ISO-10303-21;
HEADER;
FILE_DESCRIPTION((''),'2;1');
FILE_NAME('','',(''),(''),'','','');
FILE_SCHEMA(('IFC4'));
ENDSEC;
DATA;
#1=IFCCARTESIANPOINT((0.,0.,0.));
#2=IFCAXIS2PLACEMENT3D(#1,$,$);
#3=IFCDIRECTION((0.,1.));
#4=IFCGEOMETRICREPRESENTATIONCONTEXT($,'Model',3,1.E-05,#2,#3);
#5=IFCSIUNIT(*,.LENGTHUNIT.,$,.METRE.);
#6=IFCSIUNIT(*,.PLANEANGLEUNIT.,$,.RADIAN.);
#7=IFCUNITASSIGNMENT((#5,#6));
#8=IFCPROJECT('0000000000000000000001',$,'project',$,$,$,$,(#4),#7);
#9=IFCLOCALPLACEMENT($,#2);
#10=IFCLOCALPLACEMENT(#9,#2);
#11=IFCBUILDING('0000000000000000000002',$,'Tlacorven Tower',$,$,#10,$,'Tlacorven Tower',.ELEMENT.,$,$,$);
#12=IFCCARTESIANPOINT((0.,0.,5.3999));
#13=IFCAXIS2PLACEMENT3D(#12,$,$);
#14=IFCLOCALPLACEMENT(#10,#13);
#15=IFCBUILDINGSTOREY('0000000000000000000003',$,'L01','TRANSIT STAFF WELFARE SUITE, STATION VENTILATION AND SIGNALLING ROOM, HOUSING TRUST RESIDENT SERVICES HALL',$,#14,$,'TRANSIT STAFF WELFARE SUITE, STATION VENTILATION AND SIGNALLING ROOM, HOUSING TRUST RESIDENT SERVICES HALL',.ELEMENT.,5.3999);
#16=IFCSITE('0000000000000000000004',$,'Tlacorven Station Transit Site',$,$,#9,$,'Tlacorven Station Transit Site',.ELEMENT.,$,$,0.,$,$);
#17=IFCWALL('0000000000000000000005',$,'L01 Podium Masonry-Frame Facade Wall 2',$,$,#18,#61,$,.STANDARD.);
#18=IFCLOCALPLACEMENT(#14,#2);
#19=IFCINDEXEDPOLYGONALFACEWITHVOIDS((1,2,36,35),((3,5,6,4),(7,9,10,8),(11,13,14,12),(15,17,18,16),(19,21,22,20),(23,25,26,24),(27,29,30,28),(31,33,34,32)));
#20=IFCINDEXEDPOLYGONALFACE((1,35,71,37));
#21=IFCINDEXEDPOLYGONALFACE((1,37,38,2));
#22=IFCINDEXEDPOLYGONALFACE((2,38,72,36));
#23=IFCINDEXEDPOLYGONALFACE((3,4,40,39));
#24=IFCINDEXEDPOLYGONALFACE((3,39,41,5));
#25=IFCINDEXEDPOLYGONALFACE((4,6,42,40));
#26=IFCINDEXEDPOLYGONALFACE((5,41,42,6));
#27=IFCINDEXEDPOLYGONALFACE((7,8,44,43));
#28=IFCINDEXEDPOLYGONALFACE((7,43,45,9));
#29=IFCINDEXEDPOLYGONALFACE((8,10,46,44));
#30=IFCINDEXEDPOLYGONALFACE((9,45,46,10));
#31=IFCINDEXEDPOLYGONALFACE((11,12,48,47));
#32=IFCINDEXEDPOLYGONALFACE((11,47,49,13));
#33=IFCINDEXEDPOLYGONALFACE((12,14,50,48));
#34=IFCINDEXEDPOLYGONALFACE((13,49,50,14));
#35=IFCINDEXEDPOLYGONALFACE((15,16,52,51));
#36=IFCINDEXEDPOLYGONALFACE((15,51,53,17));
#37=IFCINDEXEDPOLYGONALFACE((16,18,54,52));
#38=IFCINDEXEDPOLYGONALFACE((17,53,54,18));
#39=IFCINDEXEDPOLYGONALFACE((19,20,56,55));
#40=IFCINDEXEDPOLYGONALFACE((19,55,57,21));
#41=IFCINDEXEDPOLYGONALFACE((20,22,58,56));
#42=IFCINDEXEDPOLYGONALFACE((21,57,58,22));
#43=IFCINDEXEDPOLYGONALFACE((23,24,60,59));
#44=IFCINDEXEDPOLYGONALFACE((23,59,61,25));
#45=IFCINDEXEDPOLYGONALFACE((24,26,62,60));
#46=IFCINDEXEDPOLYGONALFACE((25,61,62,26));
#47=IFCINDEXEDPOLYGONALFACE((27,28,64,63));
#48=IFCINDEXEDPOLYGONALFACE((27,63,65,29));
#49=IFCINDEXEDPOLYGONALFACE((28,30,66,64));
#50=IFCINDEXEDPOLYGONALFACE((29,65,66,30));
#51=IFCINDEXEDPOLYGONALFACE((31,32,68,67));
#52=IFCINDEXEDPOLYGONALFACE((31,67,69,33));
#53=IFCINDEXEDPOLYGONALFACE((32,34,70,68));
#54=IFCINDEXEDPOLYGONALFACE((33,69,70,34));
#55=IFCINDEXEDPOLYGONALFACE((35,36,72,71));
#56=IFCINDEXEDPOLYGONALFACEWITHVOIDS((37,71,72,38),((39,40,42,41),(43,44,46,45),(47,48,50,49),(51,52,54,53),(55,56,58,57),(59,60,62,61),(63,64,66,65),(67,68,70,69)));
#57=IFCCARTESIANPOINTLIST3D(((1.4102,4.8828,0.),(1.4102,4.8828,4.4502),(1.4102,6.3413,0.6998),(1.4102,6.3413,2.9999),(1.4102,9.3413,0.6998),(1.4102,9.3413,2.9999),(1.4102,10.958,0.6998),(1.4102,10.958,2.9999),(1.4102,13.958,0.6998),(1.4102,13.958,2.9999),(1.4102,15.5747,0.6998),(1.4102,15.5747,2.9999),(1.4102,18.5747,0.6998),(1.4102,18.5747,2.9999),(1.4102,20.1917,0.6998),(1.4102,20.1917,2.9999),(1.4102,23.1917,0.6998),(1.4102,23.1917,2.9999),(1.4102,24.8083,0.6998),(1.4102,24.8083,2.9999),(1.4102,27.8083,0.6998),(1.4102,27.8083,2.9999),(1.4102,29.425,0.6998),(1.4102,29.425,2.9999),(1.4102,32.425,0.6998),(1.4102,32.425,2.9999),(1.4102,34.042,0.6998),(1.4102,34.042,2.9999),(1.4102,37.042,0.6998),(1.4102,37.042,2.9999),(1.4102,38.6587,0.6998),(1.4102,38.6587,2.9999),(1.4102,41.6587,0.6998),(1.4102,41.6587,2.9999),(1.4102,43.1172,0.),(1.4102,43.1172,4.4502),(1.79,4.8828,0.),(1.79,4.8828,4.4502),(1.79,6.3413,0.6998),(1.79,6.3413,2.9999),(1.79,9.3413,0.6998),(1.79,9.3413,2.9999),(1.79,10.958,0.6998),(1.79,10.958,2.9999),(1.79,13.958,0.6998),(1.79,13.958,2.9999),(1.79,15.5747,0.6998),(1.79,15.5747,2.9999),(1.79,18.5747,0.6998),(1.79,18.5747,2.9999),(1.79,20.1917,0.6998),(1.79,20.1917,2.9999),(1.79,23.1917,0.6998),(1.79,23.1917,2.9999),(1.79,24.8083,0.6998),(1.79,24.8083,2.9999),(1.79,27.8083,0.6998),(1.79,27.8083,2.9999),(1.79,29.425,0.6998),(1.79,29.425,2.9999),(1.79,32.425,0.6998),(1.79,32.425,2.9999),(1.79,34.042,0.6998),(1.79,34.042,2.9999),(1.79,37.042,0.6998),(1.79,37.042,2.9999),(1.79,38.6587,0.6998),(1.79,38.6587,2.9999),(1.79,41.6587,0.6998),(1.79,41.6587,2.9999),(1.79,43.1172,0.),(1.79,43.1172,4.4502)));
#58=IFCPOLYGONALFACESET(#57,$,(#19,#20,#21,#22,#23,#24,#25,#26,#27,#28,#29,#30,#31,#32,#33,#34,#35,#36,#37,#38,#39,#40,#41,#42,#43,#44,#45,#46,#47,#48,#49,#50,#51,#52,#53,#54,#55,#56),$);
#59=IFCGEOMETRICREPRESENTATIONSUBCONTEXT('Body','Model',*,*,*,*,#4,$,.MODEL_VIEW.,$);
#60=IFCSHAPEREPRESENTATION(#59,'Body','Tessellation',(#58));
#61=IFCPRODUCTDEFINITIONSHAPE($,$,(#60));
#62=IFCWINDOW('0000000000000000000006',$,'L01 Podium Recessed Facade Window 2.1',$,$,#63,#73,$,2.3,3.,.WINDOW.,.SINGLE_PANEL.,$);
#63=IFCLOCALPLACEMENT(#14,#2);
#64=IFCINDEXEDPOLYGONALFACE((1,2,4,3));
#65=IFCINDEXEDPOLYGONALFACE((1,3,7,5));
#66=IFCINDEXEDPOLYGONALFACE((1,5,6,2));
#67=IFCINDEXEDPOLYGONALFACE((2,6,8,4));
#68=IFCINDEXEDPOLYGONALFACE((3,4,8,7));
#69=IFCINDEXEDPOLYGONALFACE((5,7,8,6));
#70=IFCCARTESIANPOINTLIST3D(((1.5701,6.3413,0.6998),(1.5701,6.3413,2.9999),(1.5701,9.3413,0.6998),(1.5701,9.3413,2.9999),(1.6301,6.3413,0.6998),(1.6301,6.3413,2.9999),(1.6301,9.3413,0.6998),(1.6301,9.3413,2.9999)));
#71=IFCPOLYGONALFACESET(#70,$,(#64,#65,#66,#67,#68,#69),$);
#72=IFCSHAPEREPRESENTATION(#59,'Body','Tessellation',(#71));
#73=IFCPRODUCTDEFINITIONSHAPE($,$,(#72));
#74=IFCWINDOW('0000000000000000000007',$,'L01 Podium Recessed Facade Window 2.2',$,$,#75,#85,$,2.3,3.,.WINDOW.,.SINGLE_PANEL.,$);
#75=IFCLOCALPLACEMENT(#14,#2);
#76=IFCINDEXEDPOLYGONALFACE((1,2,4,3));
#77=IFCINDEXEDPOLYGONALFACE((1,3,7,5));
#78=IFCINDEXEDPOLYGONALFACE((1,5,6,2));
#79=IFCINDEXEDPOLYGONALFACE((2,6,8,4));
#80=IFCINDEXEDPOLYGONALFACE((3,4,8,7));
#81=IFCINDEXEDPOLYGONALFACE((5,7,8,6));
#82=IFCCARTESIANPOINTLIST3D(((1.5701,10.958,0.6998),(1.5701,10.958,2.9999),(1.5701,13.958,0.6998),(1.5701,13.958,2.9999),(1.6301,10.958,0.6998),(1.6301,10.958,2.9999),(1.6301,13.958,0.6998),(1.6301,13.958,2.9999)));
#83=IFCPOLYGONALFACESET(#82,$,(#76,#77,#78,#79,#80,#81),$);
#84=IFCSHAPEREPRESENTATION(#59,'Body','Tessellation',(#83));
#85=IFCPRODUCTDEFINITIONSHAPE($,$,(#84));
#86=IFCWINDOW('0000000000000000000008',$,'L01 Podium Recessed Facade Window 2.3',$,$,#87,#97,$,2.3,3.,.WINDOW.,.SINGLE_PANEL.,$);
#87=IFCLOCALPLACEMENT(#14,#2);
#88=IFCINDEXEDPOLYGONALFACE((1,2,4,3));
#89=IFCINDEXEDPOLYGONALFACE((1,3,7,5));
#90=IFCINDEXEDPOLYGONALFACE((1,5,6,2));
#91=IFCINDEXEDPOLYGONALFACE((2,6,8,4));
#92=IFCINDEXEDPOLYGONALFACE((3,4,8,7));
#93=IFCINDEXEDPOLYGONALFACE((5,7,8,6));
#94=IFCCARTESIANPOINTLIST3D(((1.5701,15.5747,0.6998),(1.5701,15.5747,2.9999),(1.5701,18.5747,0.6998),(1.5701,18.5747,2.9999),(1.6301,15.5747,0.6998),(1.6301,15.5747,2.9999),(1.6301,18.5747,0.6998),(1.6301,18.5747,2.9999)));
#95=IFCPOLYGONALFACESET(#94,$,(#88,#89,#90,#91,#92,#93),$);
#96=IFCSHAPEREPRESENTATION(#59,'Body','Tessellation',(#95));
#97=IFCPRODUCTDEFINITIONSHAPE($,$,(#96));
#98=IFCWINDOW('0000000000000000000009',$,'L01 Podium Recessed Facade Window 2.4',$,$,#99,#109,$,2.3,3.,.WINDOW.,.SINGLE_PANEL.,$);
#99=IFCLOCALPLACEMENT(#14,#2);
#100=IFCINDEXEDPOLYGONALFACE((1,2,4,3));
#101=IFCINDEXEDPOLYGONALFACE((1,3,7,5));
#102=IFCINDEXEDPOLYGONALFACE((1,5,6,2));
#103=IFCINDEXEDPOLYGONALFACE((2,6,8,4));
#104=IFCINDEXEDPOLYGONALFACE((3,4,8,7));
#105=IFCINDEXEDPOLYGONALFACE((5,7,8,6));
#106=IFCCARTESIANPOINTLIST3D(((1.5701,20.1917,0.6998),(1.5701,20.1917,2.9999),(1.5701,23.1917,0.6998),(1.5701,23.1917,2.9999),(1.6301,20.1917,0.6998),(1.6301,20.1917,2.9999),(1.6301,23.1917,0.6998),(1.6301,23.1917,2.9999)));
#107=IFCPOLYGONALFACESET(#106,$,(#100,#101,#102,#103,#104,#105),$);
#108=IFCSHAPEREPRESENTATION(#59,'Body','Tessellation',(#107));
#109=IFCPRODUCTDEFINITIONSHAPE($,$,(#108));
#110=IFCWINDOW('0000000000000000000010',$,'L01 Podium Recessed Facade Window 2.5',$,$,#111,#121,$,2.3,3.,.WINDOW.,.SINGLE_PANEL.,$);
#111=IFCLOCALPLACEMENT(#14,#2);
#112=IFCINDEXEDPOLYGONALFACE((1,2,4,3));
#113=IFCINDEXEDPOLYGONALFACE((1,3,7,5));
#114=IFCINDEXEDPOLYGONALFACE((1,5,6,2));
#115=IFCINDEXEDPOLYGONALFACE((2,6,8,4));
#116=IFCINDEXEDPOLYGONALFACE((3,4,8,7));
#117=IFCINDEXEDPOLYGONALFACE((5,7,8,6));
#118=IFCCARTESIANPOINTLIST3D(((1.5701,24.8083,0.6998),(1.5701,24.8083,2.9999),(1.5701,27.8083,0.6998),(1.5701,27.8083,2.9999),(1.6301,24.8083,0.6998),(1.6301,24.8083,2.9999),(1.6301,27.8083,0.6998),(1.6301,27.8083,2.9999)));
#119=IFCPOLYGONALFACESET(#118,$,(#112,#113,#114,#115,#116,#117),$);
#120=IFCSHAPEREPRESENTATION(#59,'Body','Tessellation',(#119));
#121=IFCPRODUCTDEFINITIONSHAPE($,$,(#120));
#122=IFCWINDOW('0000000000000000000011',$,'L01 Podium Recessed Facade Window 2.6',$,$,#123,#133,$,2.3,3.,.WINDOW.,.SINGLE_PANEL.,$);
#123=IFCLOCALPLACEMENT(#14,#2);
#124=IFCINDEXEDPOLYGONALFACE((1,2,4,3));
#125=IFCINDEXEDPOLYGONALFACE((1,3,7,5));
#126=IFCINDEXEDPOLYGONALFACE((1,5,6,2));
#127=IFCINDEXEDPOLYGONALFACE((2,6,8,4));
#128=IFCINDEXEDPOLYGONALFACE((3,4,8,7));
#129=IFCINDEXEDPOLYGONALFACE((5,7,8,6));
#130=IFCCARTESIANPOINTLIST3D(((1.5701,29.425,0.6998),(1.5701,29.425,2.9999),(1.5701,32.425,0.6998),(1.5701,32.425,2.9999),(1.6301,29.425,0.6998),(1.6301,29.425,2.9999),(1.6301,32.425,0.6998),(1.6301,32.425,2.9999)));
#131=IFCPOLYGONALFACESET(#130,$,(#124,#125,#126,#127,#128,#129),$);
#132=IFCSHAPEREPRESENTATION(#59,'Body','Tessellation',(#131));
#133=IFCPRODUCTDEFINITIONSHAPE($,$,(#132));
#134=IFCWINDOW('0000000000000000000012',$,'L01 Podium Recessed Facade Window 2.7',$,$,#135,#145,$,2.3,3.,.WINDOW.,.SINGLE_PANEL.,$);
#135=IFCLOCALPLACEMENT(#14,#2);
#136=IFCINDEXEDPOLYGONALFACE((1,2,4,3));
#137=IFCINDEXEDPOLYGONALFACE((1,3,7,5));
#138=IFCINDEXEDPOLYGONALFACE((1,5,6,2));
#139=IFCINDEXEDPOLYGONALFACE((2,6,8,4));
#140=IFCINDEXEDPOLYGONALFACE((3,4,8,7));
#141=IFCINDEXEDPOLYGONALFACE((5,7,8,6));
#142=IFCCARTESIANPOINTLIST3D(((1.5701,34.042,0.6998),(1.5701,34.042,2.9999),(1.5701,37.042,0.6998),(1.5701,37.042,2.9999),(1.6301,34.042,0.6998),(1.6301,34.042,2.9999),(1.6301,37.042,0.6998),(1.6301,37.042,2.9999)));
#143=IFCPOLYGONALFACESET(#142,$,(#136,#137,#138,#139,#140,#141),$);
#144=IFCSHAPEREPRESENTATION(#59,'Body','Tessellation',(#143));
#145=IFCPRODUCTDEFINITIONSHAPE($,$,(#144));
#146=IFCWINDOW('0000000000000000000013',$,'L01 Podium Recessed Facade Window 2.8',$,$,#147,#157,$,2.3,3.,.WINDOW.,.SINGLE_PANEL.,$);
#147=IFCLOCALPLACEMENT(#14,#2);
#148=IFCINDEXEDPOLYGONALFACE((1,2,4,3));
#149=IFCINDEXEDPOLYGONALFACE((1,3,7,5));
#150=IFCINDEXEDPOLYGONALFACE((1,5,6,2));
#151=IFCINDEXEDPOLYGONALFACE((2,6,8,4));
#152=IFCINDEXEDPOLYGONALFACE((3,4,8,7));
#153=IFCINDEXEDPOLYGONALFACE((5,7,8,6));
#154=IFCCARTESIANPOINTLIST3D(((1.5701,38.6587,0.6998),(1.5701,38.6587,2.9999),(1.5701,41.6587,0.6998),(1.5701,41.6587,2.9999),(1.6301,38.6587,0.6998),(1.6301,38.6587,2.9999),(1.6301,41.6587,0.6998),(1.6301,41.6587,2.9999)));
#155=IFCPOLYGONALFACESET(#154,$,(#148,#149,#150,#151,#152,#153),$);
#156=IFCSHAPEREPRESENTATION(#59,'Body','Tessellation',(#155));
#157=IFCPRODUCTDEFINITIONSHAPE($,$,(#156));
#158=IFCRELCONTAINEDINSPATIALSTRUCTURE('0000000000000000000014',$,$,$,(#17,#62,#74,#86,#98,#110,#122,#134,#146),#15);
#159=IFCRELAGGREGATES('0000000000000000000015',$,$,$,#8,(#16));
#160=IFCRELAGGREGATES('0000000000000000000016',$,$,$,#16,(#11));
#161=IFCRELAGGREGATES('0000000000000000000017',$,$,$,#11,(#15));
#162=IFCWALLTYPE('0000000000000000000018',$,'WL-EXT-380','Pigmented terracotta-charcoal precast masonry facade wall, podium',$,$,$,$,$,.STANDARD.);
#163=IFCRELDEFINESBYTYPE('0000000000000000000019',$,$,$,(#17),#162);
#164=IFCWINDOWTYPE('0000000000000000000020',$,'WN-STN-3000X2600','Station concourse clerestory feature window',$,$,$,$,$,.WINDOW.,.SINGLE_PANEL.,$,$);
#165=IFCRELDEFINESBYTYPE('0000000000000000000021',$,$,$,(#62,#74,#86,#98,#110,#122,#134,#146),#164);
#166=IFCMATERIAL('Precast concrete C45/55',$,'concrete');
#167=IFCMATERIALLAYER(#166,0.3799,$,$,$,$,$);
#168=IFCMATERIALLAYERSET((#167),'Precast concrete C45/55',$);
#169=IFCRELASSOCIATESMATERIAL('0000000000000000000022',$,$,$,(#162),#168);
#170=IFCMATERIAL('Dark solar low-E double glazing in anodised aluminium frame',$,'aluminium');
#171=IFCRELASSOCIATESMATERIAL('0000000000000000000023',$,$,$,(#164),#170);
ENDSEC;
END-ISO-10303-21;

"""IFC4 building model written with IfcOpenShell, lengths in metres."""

from ifc_helpers import new_model, si_unit, direction, frame, frame_2d, origin, place, context, subcontext, project, spatial, rectangle, extrude, source, transform, mapped, material, layer, layer_set, type_object, element, fill, save


model = new_model("IFC4")

# Units and contexts
model_context = context("Model", 3, precision=1e-05, world=origin(), true_north=direction((0.0, 1.0)))
body_context = subcontext(model_context, "Body", "Model", "MODEL_VIEW")
ifc_project = project(units=[si_unit("LENGTHUNIT", "METRE"), si_unit("PLANEANGLEUNIT", "RADIAN")], contexts=[model_context])

# Site, building, storey
site_placement = place(None, origin())
site = spatial("IfcSite", under=ifc_project, at=site_placement, Name="Tlacorven Station Transit Site", LongName="Tlacorven Station Transit Site", CompositionType="ELEMENT", RefElevation=0.0)
building_placement = place(site_placement, origin())
building = spatial("IfcBuilding", under=site, at=building_placement, Name="Tlacorven Tower", LongName="Tlacorven Tower", CompositionType="ELEMENT")
storey_placement = place(building_placement, frame((0.0, 0.0, 5.3999)))
storey = spatial("IfcBuildingStorey", under=building, at=storey_placement, Name="L01", Description="TRANSIT STAFF WELFARE SUITE, STATION VENTILATION AND SIGNALLING ROOM, HOUSING TRUST RESIDENT SERVICES HALL", LongName="TRANSIT STAFF WELFARE SUITE, STATION VENTILATION AND SIGNALLING ROOM, HOUSING TRUST RESIDENT SERVICES HALL", CompositionType="ELEMENT", Elevation=5.3999)

# Wall, openings, windows
ifc_material_1 = material(Name="Precast concrete C45/55", Category="concrete")
ifc_layer_1 = layer(ifc_material_1, 0.3799)
ifc_layer_set_1 = layer_set([ifc_layer_1], Name="Precast concrete C45/55")
wall_type_1 = type_object("IfcWallType", Name="WL-EXT-380", Description="Pigmented terracotta-charcoal precast masonry facade wall, podium", PredefinedType="STANDARD", material=ifc_layer_set_1)
wall_1_placement = place(storey_placement, frame((1.6001, 4.8828, 0.0), z_axis=(0.0, 0.0, 1.0), x_axis=(0.0, 1.0, 0.0)))
wall_1 = element("IfcWall", 1, at=wall_1_placement, inside=storey, type_object=wall_type_1, Name="L01 Podium Masonry-Frame Facade Wall 2", PredefinedType="STANDARD", context=body_context, shape_type="SweptSolid", body=[
    extrude(rectangle(XDim=38.2344, YDim=0.3799, at=frame_2d((19.1172, 0.0))), origin(), (0.0, 0.0, 1.0), 4.4502),
])
opening_1_placement = place(wall_1_placement, frame((1.4585, 0.0, 0.7)))
opening_1 = element("IfcOpeningElement", 2, at=opening_1_placement, cuts=wall_1, PredefinedType="OPENING", context=body_context, shape_type="SweptSolid", body=[
    extrude(rectangle(XDim=3.0, YDim=2.3, at=frame_2d((1.5, 1.1499))), frame((0.0, 0.2, 0.0), z_axis=(0.0, -1.0, 0.0), x_axis=(1.0, 0.0, 0.0)), (0.0, 0.0, 1.0), 0.3999),
])
opening_2_placement = place(wall_1_placement, frame((6.0752, 0.0, 0.7)))
opening_2 = element("IfcOpeningElement", 3, at=opening_2_placement, cuts=wall_1, PredefinedType="OPENING", context=body_context, shape_type="SweptSolid", body=[
    extrude(rectangle(XDim=3.0, YDim=2.3, at=frame_2d((1.5, 1.1499))), frame((0.0, 0.2, 0.0), z_axis=(0.0, -1.0, 0.0), x_axis=(1.0, 0.0, 0.0)), (0.0, 0.0, 1.0), 0.3999),
])
opening_3_placement = place(wall_1_placement, frame((10.6919, 0.0, 0.7)))
opening_3 = element("IfcOpeningElement", 4, at=opening_3_placement, cuts=wall_1, PredefinedType="OPENING", context=body_context, shape_type="SweptSolid", body=[
    extrude(rectangle(XDim=3.0, YDim=2.3, at=frame_2d((1.5, 1.1499))), frame((0.0, 0.2, 0.0), z_axis=(0.0, -1.0, 0.0), x_axis=(1.0, 0.0, 0.0)), (0.0, 0.0, 1.0), 0.3999),
])
opening_4_placement = place(wall_1_placement, frame((15.3088, 0.0, 0.7)))
opening_4 = element("IfcOpeningElement", 5, at=opening_4_placement, cuts=wall_1, PredefinedType="OPENING", context=body_context, shape_type="SweptSolid", body=[
    extrude(rectangle(XDim=3.0, YDim=2.3, at=frame_2d((1.5, 1.1499))), frame((0.0, 0.2, 0.0), z_axis=(0.0, -1.0, 0.0), x_axis=(1.0, 0.0, 0.0)), (0.0, 0.0, 1.0), 0.3999),
])
opening_5_placement = place(wall_1_placement, frame((19.9255, 0.0, 0.7)))
opening_5 = element("IfcOpeningElement", 6, at=opening_5_placement, cuts=wall_1, PredefinedType="OPENING", context=body_context, shape_type="SweptSolid", body=[
    extrude(rectangle(XDim=3.0, YDim=2.3, at=frame_2d((1.5, 1.1499))), frame((0.0, 0.2, 0.0), z_axis=(0.0, -1.0, 0.0), x_axis=(1.0, 0.0, 0.0)), (0.0, 0.0, 1.0), 0.3999),
])
opening_6_placement = place(wall_1_placement, frame((24.5422, 0.0, 0.7)))
opening_6 = element("IfcOpeningElement", 7, at=opening_6_placement, cuts=wall_1, PredefinedType="OPENING", context=body_context, shape_type="SweptSolid", body=[
    extrude(rectangle(XDim=3.0, YDim=2.3, at=frame_2d((1.5, 1.1499))), frame((0.0, 0.2, 0.0), z_axis=(0.0, -1.0, 0.0), x_axis=(1.0, 0.0, 0.0)), (0.0, 0.0, 1.0), 0.3999),
])
opening_7_placement = place(wall_1_placement, frame((29.1592, 0.0, 0.7)))
opening_7 = element("IfcOpeningElement", 8, at=opening_7_placement, cuts=wall_1, PredefinedType="OPENING", context=body_context, shape_type="SweptSolid", body=[
    extrude(rectangle(XDim=3.0, YDim=2.3, at=frame_2d((1.5, 1.1499))), frame((0.0, 0.2, 0.0), z_axis=(0.0, -1.0, 0.0), x_axis=(1.0, 0.0, 0.0)), (0.0, 0.0, 1.0), 0.3999),
])
opening_8_placement = place(wall_1_placement, frame((33.7759, 0.0, 0.7)))
opening_8 = element("IfcOpeningElement", 9, at=opening_8_placement, cuts=wall_1, PredefinedType="OPENING", context=body_context, shape_type="SweptSolid", body=[
    extrude(rectangle(XDim=3.0, YDim=2.3, at=frame_2d((1.5, 1.1499))), frame((0.0, 0.2, 0.0), z_axis=(0.0, -1.0, 0.0), x_axis=(1.0, 0.0, 0.0)), (0.0, 0.0, 1.0), 0.3999),
])
ifc_material_2 = material(Name="Dark solar low-E double glazing in anodised aluminium frame", Category="aluminium")
window_type = type_object("IfcWindowType", Name="WN-STN-3000X2600", Description="Station concourse clerestory feature window", PartitioningType="SINGLE_PANEL", PredefinedType="WINDOW", material=ifc_material_2)
shared_shape_1 = source(origin(), body_context, "Body", "SweptSolid", [
    extrude(rectangle(XDim=3.0, YDim=2.3, at=frame_2d((1.5, 1.1499))), frame((0.0, 0.03, 0.0), z_axis=(0.0, -1.0, 0.0), x_axis=(1.0, 0.0, 0.0)), (0.0, 0.0, 1.0), 0.0601),
])
window_1_placement = place(opening_1_placement, origin())
window_1 = element("IfcWindow", 10, at=window_1_placement, inside=storey, type_object=window_type, Name="L01 Podium Recessed Facade Window 2.1", OverallHeight=2.3, OverallWidth=3.0, PartitioningType="SINGLE_PANEL", PredefinedType="WINDOW", context=body_context, shape_type="MappedRepresentation", body=[
    mapped(shared_shape_1, transform((0.0, 0.0, 0.0), scale=1.0)),
])
fill(opening_1, window_1)
window_2_placement = place(opening_2_placement, origin())
window_2 = element("IfcWindow", 11, at=window_2_placement, inside=storey, type_object=window_type, Name="L01 Podium Recessed Facade Window 2.2", OverallHeight=2.3, OverallWidth=3.0, PartitioningType="SINGLE_PANEL", PredefinedType="WINDOW", context=body_context, shape_type="MappedRepresentation", body=[
    mapped(shared_shape_1, transform((0.0, 0.0, 0.0), scale=1.0)),
])
fill(opening_2, window_2)
window_3_placement = place(opening_3_placement, origin())
window_3 = element("IfcWindow", 12, at=window_3_placement, inside=storey, type_object=window_type, Name="L01 Podium Recessed Facade Window 2.3", OverallHeight=2.3, OverallWidth=3.0, PartitioningType="SINGLE_PANEL", PredefinedType="WINDOW", context=body_context, shape_type="MappedRepresentation", body=[
    mapped(shared_shape_1, transform((0.0, 0.0, 0.0), scale=1.0)),
])
fill(opening_3, window_3)
window_4_placement = place(opening_4_placement, origin())
window_4 = element("IfcWindow", 13, at=window_4_placement, inside=storey, type_object=window_type, Name="L01 Podium Recessed Facade Window 2.4", OverallHeight=2.3, OverallWidth=3.0, PartitioningType="SINGLE_PANEL", PredefinedType="WINDOW", context=body_context, shape_type="MappedRepresentation", body=[
    mapped(shared_shape_1, transform((0.0, 0.0, 0.0), scale=1.0)),
])
fill(opening_4, window_4)
window_5_placement = place(opening_5_placement, origin())
window_5 = element("IfcWindow", 14, at=window_5_placement, inside=storey, type_object=window_type, Name="L01 Podium Recessed Facade Window 2.5", OverallHeight=2.3, OverallWidth=3.0, PartitioningType="SINGLE_PANEL", PredefinedType="WINDOW", context=body_context, shape_type="MappedRepresentation", body=[
    mapped(shared_shape_1, transform((0.0, 0.0, 0.0), scale=1.0)),
])
fill(opening_5, window_5)
window_6_placement = place(opening_6_placement, origin())
window_6 = element("IfcWindow", 15, at=window_6_placement, inside=storey, type_object=window_type, Name="L01 Podium Recessed Facade Window 2.6", OverallHeight=2.3, OverallWidth=3.0, PartitioningType="SINGLE_PANEL", PredefinedType="WINDOW", context=body_context, shape_type="MappedRepresentation", body=[
    mapped(shared_shape_1, transform((0.0, 0.0, 0.0), scale=1.0)),
])
fill(opening_6, window_6)
window_7_placement = place(opening_7_placement, origin())
window_7 = element("IfcWindow", 16, at=window_7_placement, inside=storey, type_object=window_type, Name="L01 Podium Recessed Facade Window 2.7", OverallHeight=2.3, OverallWidth=3.0, PartitioningType="SINGLE_PANEL", PredefinedType="WINDOW", context=body_context, shape_type="MappedRepresentation", body=[
    mapped(shared_shape_1, transform((0.0, 0.0, 0.0), scale=1.0)),
])
fill(opening_7, window_7)
window_8_placement = place(opening_8_placement, origin())
window_8 = element("IfcWindow", 17, at=window_8_placement, inside=storey, type_object=window_type, Name="L01 Podium Recessed Facade Window 2.8", OverallHeight=2.3, OverallWidth=3.0, PartitioningType="SINGLE_PANEL", PredefinedType="WINDOW", context=body_context, shape_type="MappedRepresentation", body=[
    mapped(shared_shape_1, transform((0.0, 0.0, 0.0), scale=1.0)),
])
fill(opening_8, window_8)

save(model, "model.ifc")
